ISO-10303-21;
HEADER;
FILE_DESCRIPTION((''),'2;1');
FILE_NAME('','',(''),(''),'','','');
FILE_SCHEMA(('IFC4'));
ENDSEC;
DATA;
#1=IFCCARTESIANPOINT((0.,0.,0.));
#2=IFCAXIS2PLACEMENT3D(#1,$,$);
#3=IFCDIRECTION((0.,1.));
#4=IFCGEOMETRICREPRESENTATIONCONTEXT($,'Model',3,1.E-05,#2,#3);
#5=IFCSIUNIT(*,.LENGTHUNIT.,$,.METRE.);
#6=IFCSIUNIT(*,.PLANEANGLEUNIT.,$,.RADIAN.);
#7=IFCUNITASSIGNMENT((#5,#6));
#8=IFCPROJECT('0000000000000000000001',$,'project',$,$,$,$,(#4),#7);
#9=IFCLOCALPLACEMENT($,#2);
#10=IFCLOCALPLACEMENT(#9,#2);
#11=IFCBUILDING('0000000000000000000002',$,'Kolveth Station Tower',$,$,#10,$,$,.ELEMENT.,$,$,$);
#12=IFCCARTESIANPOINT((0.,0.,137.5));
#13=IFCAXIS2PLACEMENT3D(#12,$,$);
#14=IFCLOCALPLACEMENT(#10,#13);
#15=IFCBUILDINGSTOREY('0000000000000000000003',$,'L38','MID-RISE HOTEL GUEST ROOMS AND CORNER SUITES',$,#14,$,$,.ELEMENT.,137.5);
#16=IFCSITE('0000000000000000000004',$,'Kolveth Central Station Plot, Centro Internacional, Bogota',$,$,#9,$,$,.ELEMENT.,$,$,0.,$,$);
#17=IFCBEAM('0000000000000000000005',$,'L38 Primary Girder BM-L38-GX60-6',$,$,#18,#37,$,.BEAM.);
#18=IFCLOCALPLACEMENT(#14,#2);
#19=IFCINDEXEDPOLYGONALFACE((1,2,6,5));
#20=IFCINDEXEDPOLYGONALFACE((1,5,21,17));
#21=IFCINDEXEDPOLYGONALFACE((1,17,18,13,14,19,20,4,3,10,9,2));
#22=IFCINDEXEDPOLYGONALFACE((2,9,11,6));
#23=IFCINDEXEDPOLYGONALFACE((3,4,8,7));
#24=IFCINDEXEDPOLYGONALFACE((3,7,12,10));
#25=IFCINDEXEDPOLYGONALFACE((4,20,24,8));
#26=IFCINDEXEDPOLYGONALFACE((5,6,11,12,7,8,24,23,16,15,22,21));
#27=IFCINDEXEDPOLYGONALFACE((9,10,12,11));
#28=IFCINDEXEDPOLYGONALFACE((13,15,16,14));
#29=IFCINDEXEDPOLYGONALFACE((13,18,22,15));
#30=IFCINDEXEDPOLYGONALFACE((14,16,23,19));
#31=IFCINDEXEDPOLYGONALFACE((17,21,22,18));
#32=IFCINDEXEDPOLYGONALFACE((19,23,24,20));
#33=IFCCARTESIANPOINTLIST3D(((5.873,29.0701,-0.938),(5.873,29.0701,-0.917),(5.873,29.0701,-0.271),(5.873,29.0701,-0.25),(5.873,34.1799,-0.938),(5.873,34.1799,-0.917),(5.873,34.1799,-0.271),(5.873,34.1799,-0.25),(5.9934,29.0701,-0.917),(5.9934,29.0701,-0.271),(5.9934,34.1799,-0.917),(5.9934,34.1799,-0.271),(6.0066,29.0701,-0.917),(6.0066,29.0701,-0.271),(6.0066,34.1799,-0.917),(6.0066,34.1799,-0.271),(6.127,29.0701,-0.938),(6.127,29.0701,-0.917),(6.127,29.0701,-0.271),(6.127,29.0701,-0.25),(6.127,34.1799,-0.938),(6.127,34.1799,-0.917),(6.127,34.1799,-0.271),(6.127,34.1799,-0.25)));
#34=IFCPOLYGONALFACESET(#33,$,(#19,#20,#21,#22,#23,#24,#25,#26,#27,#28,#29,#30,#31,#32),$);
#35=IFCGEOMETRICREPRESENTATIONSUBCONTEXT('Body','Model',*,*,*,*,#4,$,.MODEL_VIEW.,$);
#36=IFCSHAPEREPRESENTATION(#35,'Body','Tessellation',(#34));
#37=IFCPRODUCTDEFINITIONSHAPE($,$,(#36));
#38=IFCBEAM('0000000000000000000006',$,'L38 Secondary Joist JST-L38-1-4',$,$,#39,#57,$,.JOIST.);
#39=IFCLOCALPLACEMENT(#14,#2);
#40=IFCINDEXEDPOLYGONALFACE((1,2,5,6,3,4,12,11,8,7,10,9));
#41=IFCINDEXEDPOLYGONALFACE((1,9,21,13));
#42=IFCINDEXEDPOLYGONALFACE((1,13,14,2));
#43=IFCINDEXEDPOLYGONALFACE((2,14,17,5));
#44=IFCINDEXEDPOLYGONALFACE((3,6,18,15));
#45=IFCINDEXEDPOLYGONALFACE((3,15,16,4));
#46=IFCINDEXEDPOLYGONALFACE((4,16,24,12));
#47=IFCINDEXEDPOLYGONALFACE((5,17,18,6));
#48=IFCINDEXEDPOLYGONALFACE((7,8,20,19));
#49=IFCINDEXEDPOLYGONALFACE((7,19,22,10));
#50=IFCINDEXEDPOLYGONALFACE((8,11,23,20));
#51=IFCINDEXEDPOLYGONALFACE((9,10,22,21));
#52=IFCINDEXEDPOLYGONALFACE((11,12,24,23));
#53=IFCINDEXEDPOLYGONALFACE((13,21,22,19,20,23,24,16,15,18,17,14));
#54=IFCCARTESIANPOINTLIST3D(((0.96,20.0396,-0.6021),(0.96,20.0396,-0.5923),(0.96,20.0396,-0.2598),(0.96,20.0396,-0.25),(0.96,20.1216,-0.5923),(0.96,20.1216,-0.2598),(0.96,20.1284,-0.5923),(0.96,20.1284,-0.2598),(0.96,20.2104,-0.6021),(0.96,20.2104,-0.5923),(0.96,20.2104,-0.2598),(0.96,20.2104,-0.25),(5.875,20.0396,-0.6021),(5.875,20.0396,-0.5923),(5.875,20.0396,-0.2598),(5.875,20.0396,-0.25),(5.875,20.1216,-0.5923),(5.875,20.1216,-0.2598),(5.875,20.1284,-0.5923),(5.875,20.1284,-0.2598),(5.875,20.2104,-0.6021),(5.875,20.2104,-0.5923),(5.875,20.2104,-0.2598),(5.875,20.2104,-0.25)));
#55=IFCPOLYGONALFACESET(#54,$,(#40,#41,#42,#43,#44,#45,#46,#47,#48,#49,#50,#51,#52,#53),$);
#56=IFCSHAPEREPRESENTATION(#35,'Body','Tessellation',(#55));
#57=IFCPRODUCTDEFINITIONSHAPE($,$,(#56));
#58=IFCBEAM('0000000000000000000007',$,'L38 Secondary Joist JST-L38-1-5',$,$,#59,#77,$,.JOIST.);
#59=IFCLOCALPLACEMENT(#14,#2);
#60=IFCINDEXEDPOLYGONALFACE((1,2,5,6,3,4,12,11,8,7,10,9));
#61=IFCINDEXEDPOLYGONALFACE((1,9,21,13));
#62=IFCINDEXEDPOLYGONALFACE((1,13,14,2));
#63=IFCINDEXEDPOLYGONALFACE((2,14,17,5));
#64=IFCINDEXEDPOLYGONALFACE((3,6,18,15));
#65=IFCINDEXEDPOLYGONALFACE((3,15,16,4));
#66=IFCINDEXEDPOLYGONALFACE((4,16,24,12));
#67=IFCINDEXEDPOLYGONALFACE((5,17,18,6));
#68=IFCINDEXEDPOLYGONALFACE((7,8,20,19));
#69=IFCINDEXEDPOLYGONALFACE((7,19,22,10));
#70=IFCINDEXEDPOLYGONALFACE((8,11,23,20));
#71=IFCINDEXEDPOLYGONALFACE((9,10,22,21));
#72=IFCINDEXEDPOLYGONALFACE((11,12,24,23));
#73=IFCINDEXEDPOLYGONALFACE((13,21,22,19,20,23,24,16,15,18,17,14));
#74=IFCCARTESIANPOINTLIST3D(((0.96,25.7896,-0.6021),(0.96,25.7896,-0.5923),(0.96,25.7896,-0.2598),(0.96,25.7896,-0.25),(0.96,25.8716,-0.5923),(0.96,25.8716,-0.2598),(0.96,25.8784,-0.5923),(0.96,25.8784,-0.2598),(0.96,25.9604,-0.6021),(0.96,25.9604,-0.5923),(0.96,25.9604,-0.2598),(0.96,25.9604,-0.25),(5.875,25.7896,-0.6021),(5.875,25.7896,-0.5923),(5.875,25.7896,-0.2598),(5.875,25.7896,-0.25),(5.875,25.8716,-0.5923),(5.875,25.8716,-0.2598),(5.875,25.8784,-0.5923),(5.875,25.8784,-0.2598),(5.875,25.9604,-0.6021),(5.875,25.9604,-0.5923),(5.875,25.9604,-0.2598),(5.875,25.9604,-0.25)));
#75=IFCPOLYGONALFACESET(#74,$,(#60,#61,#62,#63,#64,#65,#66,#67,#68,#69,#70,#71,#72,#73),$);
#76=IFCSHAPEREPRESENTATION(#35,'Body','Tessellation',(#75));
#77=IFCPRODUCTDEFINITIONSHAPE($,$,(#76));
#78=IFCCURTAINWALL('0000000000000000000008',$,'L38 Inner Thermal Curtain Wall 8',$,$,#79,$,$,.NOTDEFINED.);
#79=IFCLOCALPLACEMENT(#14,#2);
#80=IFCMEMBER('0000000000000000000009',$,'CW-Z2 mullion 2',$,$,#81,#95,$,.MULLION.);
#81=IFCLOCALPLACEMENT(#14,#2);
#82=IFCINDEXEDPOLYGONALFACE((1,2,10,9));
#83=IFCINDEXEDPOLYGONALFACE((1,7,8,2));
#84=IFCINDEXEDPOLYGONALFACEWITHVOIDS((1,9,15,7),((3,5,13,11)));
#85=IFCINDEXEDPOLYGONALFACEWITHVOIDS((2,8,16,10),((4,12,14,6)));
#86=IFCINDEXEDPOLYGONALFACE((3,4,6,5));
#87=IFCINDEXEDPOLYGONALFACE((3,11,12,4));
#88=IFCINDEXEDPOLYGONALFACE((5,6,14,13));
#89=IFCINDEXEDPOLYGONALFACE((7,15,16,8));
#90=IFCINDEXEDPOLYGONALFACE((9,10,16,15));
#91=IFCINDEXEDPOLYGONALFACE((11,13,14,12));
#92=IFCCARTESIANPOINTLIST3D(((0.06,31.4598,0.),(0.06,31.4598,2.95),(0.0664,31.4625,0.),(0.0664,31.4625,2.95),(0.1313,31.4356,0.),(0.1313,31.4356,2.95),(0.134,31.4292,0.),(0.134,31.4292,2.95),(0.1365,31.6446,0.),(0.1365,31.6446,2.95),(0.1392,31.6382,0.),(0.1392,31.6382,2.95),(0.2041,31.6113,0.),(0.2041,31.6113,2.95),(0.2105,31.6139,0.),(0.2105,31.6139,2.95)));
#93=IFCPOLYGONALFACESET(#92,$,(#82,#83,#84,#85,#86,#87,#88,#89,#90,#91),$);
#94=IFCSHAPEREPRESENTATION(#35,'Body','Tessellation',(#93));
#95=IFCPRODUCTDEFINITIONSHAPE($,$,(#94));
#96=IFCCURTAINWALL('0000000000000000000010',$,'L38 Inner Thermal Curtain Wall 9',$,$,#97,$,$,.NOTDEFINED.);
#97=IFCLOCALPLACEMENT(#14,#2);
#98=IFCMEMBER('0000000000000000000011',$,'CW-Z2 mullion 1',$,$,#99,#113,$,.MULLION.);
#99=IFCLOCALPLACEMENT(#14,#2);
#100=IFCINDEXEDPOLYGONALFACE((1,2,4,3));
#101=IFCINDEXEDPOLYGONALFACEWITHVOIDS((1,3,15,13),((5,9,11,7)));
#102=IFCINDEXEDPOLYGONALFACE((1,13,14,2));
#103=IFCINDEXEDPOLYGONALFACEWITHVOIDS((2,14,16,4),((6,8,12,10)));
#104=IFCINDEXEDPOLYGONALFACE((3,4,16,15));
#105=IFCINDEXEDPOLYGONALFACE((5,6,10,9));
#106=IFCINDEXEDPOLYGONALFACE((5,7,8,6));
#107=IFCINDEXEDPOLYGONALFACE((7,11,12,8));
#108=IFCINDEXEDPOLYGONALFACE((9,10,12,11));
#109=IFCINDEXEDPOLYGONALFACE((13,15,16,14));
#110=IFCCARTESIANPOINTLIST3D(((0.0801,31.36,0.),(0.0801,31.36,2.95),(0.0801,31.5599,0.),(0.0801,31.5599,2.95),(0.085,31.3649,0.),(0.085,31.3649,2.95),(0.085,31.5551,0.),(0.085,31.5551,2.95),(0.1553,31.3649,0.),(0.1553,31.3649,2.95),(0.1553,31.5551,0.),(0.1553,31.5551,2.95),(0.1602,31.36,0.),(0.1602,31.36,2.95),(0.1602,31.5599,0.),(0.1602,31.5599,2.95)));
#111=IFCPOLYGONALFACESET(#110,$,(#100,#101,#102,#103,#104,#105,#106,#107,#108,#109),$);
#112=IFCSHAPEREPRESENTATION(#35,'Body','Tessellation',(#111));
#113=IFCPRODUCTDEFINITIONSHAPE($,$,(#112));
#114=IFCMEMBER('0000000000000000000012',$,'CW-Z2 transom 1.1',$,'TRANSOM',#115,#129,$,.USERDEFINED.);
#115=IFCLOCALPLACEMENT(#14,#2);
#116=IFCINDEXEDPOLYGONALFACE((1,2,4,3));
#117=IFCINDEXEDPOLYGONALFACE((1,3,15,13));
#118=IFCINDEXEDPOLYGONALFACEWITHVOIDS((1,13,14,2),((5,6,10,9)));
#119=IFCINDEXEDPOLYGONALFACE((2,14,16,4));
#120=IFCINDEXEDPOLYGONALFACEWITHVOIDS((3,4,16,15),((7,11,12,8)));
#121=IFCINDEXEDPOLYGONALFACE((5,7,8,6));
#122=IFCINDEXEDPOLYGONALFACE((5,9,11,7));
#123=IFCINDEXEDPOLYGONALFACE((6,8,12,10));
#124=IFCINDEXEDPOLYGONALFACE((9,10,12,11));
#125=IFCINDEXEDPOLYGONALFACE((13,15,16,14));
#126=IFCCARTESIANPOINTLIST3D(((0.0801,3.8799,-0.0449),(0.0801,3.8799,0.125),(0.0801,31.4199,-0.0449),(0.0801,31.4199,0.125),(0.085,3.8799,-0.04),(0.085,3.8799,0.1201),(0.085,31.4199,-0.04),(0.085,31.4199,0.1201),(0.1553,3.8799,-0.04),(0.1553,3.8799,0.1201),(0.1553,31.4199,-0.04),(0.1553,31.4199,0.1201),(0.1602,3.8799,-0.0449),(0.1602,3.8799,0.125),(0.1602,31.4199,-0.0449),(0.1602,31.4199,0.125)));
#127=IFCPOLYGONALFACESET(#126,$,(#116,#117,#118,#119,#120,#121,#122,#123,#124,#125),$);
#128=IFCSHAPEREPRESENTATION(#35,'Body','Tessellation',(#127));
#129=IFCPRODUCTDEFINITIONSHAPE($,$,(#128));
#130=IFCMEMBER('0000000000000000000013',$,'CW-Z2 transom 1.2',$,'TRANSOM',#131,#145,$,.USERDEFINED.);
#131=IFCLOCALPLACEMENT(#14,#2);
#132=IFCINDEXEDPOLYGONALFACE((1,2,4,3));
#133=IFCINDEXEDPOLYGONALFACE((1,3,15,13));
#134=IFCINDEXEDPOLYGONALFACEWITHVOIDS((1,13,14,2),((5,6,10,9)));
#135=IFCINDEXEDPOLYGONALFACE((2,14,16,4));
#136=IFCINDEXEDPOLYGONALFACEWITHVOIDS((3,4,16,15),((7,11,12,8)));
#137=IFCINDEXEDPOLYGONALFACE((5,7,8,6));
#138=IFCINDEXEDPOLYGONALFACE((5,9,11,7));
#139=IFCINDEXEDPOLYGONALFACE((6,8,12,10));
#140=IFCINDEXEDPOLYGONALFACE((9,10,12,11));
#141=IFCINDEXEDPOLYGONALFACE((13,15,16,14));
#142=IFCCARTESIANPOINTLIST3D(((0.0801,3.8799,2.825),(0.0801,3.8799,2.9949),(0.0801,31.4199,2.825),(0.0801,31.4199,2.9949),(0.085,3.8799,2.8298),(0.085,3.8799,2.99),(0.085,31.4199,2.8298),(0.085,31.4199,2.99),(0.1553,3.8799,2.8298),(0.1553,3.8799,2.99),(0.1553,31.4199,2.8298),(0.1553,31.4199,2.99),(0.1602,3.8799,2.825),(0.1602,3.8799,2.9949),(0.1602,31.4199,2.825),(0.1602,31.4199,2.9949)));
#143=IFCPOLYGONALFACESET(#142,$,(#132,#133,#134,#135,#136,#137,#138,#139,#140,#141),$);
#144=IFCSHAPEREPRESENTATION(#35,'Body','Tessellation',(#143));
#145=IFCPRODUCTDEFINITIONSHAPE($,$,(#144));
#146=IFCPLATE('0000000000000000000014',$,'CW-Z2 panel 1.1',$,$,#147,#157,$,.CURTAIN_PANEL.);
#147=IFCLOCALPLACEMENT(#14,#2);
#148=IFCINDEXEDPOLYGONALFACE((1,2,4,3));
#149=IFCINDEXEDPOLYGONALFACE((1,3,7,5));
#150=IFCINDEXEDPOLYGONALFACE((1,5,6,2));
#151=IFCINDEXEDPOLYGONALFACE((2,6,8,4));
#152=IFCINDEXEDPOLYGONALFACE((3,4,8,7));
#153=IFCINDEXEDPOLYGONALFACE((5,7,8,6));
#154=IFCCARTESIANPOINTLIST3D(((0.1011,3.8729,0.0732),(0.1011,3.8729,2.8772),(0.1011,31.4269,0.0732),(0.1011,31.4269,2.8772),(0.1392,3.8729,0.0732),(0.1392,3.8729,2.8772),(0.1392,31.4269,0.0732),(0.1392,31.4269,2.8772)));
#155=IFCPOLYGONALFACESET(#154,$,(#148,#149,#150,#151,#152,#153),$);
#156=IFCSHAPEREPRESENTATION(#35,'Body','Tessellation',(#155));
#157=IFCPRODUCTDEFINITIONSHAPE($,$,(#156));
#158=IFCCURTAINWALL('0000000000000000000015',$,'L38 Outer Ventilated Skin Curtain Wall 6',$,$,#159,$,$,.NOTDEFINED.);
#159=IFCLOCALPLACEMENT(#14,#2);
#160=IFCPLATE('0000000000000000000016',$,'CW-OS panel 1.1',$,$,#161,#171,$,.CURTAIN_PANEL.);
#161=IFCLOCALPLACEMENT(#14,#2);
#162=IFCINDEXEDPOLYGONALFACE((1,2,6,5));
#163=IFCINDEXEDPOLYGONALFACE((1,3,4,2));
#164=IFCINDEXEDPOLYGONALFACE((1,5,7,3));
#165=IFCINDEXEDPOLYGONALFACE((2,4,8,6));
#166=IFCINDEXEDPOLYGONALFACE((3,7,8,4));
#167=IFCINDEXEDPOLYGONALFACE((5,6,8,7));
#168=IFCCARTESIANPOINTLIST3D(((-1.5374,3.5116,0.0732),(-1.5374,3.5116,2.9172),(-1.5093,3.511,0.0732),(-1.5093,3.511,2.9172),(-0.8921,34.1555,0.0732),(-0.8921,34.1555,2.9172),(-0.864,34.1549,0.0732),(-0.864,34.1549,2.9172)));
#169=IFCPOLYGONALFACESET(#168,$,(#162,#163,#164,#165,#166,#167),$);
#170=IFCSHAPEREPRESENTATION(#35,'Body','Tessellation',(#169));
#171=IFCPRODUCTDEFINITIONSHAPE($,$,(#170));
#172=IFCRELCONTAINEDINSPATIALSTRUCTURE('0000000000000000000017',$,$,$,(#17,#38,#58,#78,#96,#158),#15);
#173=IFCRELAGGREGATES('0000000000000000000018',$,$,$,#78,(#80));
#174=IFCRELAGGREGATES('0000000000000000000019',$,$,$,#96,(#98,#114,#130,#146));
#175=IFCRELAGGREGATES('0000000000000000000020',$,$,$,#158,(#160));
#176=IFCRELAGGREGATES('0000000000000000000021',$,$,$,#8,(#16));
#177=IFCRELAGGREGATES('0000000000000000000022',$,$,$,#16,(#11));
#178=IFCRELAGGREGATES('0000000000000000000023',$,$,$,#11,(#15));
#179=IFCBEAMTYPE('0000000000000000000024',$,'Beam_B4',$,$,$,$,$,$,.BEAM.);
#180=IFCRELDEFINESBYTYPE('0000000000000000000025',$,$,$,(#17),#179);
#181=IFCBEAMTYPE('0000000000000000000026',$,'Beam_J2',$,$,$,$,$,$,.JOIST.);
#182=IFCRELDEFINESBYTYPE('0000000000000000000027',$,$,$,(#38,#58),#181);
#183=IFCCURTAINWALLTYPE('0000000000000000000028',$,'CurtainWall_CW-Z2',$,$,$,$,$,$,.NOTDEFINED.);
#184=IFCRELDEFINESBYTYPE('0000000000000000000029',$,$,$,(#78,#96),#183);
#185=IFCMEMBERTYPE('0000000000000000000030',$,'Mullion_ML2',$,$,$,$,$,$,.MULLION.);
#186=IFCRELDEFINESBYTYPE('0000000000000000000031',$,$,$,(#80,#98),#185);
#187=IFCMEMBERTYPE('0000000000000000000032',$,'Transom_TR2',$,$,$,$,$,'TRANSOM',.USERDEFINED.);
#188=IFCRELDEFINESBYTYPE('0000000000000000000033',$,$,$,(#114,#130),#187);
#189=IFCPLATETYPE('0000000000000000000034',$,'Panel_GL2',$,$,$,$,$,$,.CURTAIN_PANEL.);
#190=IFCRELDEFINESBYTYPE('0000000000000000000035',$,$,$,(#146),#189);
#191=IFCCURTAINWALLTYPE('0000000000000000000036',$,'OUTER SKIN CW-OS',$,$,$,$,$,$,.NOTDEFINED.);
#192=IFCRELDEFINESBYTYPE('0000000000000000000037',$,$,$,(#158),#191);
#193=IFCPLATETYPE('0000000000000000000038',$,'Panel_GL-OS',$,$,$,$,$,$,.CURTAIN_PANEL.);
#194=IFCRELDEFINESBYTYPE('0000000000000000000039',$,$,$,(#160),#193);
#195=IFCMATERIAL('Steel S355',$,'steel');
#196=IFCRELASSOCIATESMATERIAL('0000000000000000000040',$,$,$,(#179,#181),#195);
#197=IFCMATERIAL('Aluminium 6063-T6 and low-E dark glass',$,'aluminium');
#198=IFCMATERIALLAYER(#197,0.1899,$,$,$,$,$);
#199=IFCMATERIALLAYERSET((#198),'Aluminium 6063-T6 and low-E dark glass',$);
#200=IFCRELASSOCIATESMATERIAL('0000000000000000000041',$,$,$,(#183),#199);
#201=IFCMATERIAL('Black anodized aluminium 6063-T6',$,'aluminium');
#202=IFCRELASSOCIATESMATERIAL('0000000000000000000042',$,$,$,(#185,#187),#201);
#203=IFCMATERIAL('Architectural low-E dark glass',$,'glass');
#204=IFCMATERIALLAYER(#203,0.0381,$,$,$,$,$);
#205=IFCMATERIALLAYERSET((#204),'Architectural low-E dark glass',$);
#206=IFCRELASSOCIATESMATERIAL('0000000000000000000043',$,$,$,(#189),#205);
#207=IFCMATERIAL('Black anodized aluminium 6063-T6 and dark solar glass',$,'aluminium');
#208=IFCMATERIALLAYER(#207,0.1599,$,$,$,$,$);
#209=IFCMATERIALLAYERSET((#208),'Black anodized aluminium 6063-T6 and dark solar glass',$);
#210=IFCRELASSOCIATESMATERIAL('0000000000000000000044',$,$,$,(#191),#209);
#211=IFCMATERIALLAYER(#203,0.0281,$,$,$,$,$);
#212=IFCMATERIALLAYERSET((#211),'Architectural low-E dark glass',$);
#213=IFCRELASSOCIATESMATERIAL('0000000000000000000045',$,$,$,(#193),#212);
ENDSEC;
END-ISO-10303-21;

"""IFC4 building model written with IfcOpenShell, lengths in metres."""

from ifc_helpers import new_model, si_unit, direction, frame, origin, origin_2d, place, context, subcontext, project, spatial, rectangle, hollow_rectangle, i_section, extrude, source, transform, mapped, material, layer, layer_set, material_profile, profile_set, type_object, element, aggregate, save


model = new_model("IFC4")

# Units and contexts
model_context = context("Model", 3, precision=1e-05, world=origin(), true_north=direction((0.0, 1.0)))
body_context = subcontext(model_context, "Body", "Model", "MODEL_VIEW")
ifc_project = project(units=[si_unit("LENGTHUNIT", "METRE"), si_unit("PLANEANGLEUNIT", "RADIAN")], contexts=[model_context])

# Site, building, storey
site_placement = place(None, origin())
site = spatial("IfcSite", under=ifc_project, at=site_placement, Name="Kolveth Central Station Plot, Centro Internacional, Bogota", CompositionType="ELEMENT", RefElevation=0.0)
building_placement = place(site_placement, origin())
building = spatial("IfcBuilding", under=site, at=building_placement, Name="Kolveth Station Tower", CompositionType="ELEMENT")
storey_placement = place(building_placement, frame((0.0, 0.0, 137.5)))
storey = spatial("IfcBuildingStorey", under=building, at=storey_placement, Name="L38", Description="MID-RISE HOTEL GUEST ROOMS AND CORNER SUITES", CompositionType="ELEMENT", Elevation=137.5)

# Beams
ifc_material_1 = material(Name="Steel S355", Category="steel")
ifc_material_profile_1 = material_profile(ifc_material_1, i_section(OverallWidth=0.2539, OverallDepth=0.688, WebThickness=0.0132, FlangeThickness=0.021, at=origin_2d()), Name="W690x152")
ifc_profile_set_1 = profile_set([ifc_material_profile_1], Name="Steel S355")
beam_type_1 = type_object("IfcBeamType", Name="Beam_B4", PredefinedType="BEAM", material=ifc_profile_set_1)
shared_shape_1 = source(origin(), body_context, "Body", "SweptSolid", [
    extrude(i_section(OverallWidth=0.2539, OverallDepth=0.688, WebThickness=0.0132, FlangeThickness=0.021, at=origin_2d()), origin(), (0.0, 0.0, 1.0), 5.1099),
])
for number, where, z_axis, x_axis, name in (
    (1, (6.0, 29.0701, -0.594), (0.0, 1.0, 0.0), (-1.0, 0.0, 0.0), "L38 Primary Girder BM-L38-GX60-6"),
):
    element("IfcBeam", number, at=place(storey_placement, frame(where, z_axis=z_axis, x_axis=x_axis)), inside=storey, type_object=beam_type_1, Name=name, PredefinedType="BEAM", context=body_context, shape_type="MappedRepresentation", body=[
        mapped(shared_shape_1, transform((0.0, 0.0, 0.0), x_axis=(1.0, 0.0, 0.0), y_axis=(0.0, 1.0, 0.0), z_axis=(0.0, 0.0, 1.0), scale=1.0)),
    ])
ifc_material_profile_2 = material_profile(ifc_material_1, i_section(OverallWidth=0.1709, OverallDepth=0.3521, WebThickness=0.0068, FlangeThickness=0.0098, at=origin_2d()), Name="W360x44")
ifc_profile_set_2 = profile_set([ifc_material_profile_2], Name="Steel S355")
beam_type_2 = type_object("IfcBeamType", Name="Beam_J2", PredefinedType="JOIST", material=ifc_profile_set_2)
shared_shape_2 = source(origin(), body_context, "Body", "SweptSolid", [
    extrude(i_section(OverallWidth=0.1709, OverallDepth=0.3521, WebThickness=0.0068, FlangeThickness=0.0098, at=origin_2d()), origin(), (0.0, 0.0, 1.0), 4.915),
])
for number, where, z_axis, x_axis, name in (
    (2, (0.96, 20.125, -0.426), (1.0, 0.0, 0.0), (0.0, 1.0, 0.0), "L38 Secondary Joist JST-L38-1-4"),
    (3, (0.96, 25.875, -0.426), (1.0, 0.0, 0.0), (0.0, 1.0, 0.0), "L38 Secondary Joist JST-L38-1-5"),
):
    element("IfcBeam", number, at=place(storey_placement, frame(where, z_axis=z_axis, x_axis=x_axis)), inside=storey, type_object=beam_type_2, Name=name, PredefinedType="JOIST", context=body_context, shape_type="MappedRepresentation", body=[
        mapped(shared_shape_2, transform((0.0, 0.0, 0.0), x_axis=(1.0, 0.0, 0.0), y_axis=(0.0, 1.0, 0.0), z_axis=(0.0, 0.0, 1.0), scale=1.0)),
    ])

# Curtain wall, member
ifc_material_2 = material(Name="Aluminium 6063-T6 and low-E dark glass", Category="aluminium")
ifc_layer_1 = layer(ifc_material_2, 0.1899)
ifc_layer_set_1 = layer_set([ifc_layer_1], Name="Aluminium 6063-T6 and low-E dark glass")
curtain_wall_type_1 = type_object("IfcCurtainWallType", Name="CurtainWall_CW-Z2", PredefinedType="NOTDEFINED", material=ifc_layer_set_1)
curtain_wall_1_placement = place(storey_placement, origin())
curtain_wall_1 = element("IfcCurtainWall", 4, at=curtain_wall_1_placement, inside=storey, type_object=curtain_wall_type_1, Name="L38 Inner Thermal Curtain Wall 8", PredefinedType="NOTDEFINED")
ifc_material_3 = material(Name="Black anodized aluminium 6063-T6", Category="aluminium")
ifc_material_profile_3 = material_profile(ifc_material_3, hollow_rectangle(XDim=0.0801, YDim=0.2, WallThickness=0.0049, at=origin_2d()), Name="ALU-80x200x5")
ifc_profile_set_3 = profile_set([ifc_material_profile_3], Name="Black anodized aluminium 6063-T6")
member_type_1 = type_object("IfcMemberType", Name="Mullion_ML2", PredefinedType="MULLION", material=ifc_profile_set_3)
shared_shape_3 = source(origin(), body_context, "Body", "SweptSolid", [
    extrude(hollow_rectangle(XDim=0.0801, YDim=0.2, WallThickness=0.0049, at=origin_2d()), origin(), (0.0, 0.0, 1.0), 2.95),
])
member_1_placement = place(storey_placement, frame((0.1353, 31.5369, 0.0), z_axis=(0.0, 0.0, 1.0), x_axis=(0.923888, -0.382663, 0.0)))
member_1 = element("IfcMember", 5, at=member_1_placement, type_object=member_type_1, Name="CW-Z2 mullion 2", PredefinedType="MULLION", context=body_context, shape_type="MappedRepresentation", body=[
    mapped(shared_shape_3, transform((0.0, 0.0, 0.0), x_axis=(1.0, 0.0, 0.0), y_axis=(0.0, 1.0, 0.0), z_axis=(0.0, 0.0, 1.0), scale=1.0)),
])
aggregate(curtain_wall_1, [member_1])

# Curtain wall, members, plate
curtain_wall_2_placement = place(storey_placement, origin())
curtain_wall_2 = element("IfcCurtainWall", 6, at=curtain_wall_2_placement, inside=storey, type_object=curtain_wall_type_1, Name="L38 Inner Thermal Curtain Wall 9", PredefinedType="NOTDEFINED")
member_2_placement = place(storey_placement, frame((0.1201, 31.46, 0.0), z_axis=(0.0, 0.0, 1.0), x_axis=(1.0, 0.0, 0.0)))
member_2 = element("IfcMember", 7, at=member_2_placement, type_object=member_type_1, Name="CW-Z2 mullion 1", PredefinedType="MULLION", context=body_context, shape_type="MappedRepresentation", body=[
    mapped(shared_shape_3, transform((0.0, 0.0, 0.0), x_axis=(1.0, 0.0, 0.0), y_axis=(0.0, 1.0, 0.0), z_axis=(0.0, 0.0, 1.0), scale=1.0)),
])
ifc_material_profile_4 = material_profile(ifc_material_3, hollow_rectangle(XDim=0.0801, YDim=0.1699, WallThickness=0.0049, at=origin_2d()), Name="ALU-80x170x5")
ifc_profile_set_4 = profile_set([ifc_material_profile_4], Name="Black anodized aluminium 6063-T6")
member_type_2 = type_object("IfcMemberType", Name="Transom_TR2", ElementType="TRANSOM", PredefinedType="USERDEFINED", material=ifc_profile_set_4)
shared_shape_4 = source(origin(), body_context, "Body", "SweptSolid", [
    extrude(hollow_rectangle(XDim=0.0801, YDim=0.1699, WallThickness=0.0049, at=origin_2d()), origin(), (0.0, 0.0, 1.0), 27.54),
])
member_3_placement = place(storey_placement, frame((0.1201, 31.4199, 0.04), z_axis=(0.0, -1.0, 0.0), x_axis=(1.0, 0.0, 0.0)))
member_3 = element("IfcMember", 8, at=member_3_placement, type_object=member_type_2, Name="CW-Z2 transom 1.1", ObjectType="TRANSOM", PredefinedType="USERDEFINED", context=body_context, shape_type="MappedRepresentation", body=[
    mapped(shared_shape_4, transform((0.0, 0.0, 0.0), x_axis=(1.0, 0.0, 0.0), y_axis=(0.0, 1.0, 0.0), z_axis=(0.0, 0.0, 1.0), scale=1.0)),
])
member_4_placement = place(storey_placement, frame((0.1201, 31.4199, 2.9099), z_axis=(0.0, -1.0, 0.0), x_axis=(1.0, 0.0, 0.0)))
member_4 = element("IfcMember", 9, at=member_4_placement, type_object=member_type_2, Name="CW-Z2 transom 1.2", ObjectType="TRANSOM", PredefinedType="USERDEFINED", context=body_context, shape_type="MappedRepresentation", body=[
    mapped(shared_shape_4, transform((0.0, 0.0, 0.0), x_axis=(1.0, 0.0, 0.0), y_axis=(0.0, 1.0, 0.0), z_axis=(0.0, 0.0, 1.0), scale=1.0)),
])
ifc_material_4 = material(Name="Architectural low-E dark glass", Category="glass")
ifc_layer_2 = layer(ifc_material_4, 0.0381)
ifc_layer_set_2 = layer_set([ifc_layer_2], Name="Architectural low-E dark glass")
plate_type_1 = type_object("IfcPlateType", Name="Panel_GL2", PredefinedType="CURTAIN_PANEL", material=ifc_layer_set_2)
shared_shape_5 = source(origin(), body_context, "Body", "SweptSolid", [
    extrude(rectangle(XDim=27.554, YDim=0.0381, at=origin_2d()), origin(), (0.0, 0.0, 1.0), 2.804),
])
plate_1_placement = place(storey_placement, frame((0.1201, 17.6499, 0.0732), z_axis=(0.0, 0.0, 1.0), x_axis=(0.0, -1.0, 0.0)))
plate_1 = element("IfcPlate", 10, at=plate_1_placement, type_object=plate_type_1, Name="CW-Z2 panel 1.1", PredefinedType="CURTAIN_PANEL", context=body_context, shape_type="MappedRepresentation", body=[
    mapped(shared_shape_5, transform((0.0, 0.0, 0.0), x_axis=(1.0, 0.0, 0.0), y_axis=(0.0, 1.0, 0.0), z_axis=(0.0, 0.0, 1.0), scale=1.0)),
])
aggregate(curtain_wall_2, [member_2, member_3, member_4, plate_1])

# Curtain wall, plate
ifc_material_5 = material(Name="Black anodized aluminium 6063-T6 and dark solar glass", Category="aluminium")
ifc_layer_3 = layer(ifc_material_5, 0.1599)
ifc_layer_set_3 = layer_set([ifc_layer_3], Name="Black anodized aluminium 6063-T6 and dark solar glass")
curtain_wall_type_2 = type_object("IfcCurtainWallType", Name="OUTER SKIN CW-OS", PredefinedType="NOTDEFINED", material=ifc_layer_set_3)
curtain_wall_3_placement = place(storey_placement, origin())
curtain_wall_3 = element("IfcCurtainWall", 11, at=curtain_wall_3_placement, inside=storey, type_object=curtain_wall_type_2, Name="L38 Outer Ventilated Skin Curtain Wall 6", PredefinedType="NOTDEFINED")
ifc_layer_4 = layer(ifc_material_4, 0.0281)
ifc_layer_set_4 = layer_set([ifc_layer_4], Name="Architectural low-E dark glass")
plate_type_2 = type_object("IfcPlateType", Name="Panel_GL-OS", PredefinedType="CURTAIN_PANEL", material=ifc_layer_set_4)
shared_shape_6 = source(origin(), body_context, "Body", "SweptSolid", [
    extrude(rectangle(XDim=30.6506, YDim=0.0281, at=origin_2d()), origin(), (0.0, 0.0, 1.0), 2.844),
])
plate_2_placement = place(storey_placement, frame((-1.2007, 18.8333, 0.0732), z_axis=(0.0, 0.0, 1.0), x_axis=(-0.021054, -0.999778, 0.0)))
plate_2 = element("IfcPlate", 12, at=plate_2_placement, type_object=plate_type_2, Name="CW-OS panel 1.1", PredefinedType="CURTAIN_PANEL", context=body_context, shape_type="MappedRepresentation", body=[
    mapped(shared_shape_6, transform((0.0, 0.0, 0.0), x_axis=(1.0, 0.0, 0.0), y_axis=(0.0, 1.0, 0.0), z_axis=(0.0, 0.0, 1.0), scale=1.0)),
])
aggregate(curtain_wall_3, [plate_2])

save(model, "model.ifc")
